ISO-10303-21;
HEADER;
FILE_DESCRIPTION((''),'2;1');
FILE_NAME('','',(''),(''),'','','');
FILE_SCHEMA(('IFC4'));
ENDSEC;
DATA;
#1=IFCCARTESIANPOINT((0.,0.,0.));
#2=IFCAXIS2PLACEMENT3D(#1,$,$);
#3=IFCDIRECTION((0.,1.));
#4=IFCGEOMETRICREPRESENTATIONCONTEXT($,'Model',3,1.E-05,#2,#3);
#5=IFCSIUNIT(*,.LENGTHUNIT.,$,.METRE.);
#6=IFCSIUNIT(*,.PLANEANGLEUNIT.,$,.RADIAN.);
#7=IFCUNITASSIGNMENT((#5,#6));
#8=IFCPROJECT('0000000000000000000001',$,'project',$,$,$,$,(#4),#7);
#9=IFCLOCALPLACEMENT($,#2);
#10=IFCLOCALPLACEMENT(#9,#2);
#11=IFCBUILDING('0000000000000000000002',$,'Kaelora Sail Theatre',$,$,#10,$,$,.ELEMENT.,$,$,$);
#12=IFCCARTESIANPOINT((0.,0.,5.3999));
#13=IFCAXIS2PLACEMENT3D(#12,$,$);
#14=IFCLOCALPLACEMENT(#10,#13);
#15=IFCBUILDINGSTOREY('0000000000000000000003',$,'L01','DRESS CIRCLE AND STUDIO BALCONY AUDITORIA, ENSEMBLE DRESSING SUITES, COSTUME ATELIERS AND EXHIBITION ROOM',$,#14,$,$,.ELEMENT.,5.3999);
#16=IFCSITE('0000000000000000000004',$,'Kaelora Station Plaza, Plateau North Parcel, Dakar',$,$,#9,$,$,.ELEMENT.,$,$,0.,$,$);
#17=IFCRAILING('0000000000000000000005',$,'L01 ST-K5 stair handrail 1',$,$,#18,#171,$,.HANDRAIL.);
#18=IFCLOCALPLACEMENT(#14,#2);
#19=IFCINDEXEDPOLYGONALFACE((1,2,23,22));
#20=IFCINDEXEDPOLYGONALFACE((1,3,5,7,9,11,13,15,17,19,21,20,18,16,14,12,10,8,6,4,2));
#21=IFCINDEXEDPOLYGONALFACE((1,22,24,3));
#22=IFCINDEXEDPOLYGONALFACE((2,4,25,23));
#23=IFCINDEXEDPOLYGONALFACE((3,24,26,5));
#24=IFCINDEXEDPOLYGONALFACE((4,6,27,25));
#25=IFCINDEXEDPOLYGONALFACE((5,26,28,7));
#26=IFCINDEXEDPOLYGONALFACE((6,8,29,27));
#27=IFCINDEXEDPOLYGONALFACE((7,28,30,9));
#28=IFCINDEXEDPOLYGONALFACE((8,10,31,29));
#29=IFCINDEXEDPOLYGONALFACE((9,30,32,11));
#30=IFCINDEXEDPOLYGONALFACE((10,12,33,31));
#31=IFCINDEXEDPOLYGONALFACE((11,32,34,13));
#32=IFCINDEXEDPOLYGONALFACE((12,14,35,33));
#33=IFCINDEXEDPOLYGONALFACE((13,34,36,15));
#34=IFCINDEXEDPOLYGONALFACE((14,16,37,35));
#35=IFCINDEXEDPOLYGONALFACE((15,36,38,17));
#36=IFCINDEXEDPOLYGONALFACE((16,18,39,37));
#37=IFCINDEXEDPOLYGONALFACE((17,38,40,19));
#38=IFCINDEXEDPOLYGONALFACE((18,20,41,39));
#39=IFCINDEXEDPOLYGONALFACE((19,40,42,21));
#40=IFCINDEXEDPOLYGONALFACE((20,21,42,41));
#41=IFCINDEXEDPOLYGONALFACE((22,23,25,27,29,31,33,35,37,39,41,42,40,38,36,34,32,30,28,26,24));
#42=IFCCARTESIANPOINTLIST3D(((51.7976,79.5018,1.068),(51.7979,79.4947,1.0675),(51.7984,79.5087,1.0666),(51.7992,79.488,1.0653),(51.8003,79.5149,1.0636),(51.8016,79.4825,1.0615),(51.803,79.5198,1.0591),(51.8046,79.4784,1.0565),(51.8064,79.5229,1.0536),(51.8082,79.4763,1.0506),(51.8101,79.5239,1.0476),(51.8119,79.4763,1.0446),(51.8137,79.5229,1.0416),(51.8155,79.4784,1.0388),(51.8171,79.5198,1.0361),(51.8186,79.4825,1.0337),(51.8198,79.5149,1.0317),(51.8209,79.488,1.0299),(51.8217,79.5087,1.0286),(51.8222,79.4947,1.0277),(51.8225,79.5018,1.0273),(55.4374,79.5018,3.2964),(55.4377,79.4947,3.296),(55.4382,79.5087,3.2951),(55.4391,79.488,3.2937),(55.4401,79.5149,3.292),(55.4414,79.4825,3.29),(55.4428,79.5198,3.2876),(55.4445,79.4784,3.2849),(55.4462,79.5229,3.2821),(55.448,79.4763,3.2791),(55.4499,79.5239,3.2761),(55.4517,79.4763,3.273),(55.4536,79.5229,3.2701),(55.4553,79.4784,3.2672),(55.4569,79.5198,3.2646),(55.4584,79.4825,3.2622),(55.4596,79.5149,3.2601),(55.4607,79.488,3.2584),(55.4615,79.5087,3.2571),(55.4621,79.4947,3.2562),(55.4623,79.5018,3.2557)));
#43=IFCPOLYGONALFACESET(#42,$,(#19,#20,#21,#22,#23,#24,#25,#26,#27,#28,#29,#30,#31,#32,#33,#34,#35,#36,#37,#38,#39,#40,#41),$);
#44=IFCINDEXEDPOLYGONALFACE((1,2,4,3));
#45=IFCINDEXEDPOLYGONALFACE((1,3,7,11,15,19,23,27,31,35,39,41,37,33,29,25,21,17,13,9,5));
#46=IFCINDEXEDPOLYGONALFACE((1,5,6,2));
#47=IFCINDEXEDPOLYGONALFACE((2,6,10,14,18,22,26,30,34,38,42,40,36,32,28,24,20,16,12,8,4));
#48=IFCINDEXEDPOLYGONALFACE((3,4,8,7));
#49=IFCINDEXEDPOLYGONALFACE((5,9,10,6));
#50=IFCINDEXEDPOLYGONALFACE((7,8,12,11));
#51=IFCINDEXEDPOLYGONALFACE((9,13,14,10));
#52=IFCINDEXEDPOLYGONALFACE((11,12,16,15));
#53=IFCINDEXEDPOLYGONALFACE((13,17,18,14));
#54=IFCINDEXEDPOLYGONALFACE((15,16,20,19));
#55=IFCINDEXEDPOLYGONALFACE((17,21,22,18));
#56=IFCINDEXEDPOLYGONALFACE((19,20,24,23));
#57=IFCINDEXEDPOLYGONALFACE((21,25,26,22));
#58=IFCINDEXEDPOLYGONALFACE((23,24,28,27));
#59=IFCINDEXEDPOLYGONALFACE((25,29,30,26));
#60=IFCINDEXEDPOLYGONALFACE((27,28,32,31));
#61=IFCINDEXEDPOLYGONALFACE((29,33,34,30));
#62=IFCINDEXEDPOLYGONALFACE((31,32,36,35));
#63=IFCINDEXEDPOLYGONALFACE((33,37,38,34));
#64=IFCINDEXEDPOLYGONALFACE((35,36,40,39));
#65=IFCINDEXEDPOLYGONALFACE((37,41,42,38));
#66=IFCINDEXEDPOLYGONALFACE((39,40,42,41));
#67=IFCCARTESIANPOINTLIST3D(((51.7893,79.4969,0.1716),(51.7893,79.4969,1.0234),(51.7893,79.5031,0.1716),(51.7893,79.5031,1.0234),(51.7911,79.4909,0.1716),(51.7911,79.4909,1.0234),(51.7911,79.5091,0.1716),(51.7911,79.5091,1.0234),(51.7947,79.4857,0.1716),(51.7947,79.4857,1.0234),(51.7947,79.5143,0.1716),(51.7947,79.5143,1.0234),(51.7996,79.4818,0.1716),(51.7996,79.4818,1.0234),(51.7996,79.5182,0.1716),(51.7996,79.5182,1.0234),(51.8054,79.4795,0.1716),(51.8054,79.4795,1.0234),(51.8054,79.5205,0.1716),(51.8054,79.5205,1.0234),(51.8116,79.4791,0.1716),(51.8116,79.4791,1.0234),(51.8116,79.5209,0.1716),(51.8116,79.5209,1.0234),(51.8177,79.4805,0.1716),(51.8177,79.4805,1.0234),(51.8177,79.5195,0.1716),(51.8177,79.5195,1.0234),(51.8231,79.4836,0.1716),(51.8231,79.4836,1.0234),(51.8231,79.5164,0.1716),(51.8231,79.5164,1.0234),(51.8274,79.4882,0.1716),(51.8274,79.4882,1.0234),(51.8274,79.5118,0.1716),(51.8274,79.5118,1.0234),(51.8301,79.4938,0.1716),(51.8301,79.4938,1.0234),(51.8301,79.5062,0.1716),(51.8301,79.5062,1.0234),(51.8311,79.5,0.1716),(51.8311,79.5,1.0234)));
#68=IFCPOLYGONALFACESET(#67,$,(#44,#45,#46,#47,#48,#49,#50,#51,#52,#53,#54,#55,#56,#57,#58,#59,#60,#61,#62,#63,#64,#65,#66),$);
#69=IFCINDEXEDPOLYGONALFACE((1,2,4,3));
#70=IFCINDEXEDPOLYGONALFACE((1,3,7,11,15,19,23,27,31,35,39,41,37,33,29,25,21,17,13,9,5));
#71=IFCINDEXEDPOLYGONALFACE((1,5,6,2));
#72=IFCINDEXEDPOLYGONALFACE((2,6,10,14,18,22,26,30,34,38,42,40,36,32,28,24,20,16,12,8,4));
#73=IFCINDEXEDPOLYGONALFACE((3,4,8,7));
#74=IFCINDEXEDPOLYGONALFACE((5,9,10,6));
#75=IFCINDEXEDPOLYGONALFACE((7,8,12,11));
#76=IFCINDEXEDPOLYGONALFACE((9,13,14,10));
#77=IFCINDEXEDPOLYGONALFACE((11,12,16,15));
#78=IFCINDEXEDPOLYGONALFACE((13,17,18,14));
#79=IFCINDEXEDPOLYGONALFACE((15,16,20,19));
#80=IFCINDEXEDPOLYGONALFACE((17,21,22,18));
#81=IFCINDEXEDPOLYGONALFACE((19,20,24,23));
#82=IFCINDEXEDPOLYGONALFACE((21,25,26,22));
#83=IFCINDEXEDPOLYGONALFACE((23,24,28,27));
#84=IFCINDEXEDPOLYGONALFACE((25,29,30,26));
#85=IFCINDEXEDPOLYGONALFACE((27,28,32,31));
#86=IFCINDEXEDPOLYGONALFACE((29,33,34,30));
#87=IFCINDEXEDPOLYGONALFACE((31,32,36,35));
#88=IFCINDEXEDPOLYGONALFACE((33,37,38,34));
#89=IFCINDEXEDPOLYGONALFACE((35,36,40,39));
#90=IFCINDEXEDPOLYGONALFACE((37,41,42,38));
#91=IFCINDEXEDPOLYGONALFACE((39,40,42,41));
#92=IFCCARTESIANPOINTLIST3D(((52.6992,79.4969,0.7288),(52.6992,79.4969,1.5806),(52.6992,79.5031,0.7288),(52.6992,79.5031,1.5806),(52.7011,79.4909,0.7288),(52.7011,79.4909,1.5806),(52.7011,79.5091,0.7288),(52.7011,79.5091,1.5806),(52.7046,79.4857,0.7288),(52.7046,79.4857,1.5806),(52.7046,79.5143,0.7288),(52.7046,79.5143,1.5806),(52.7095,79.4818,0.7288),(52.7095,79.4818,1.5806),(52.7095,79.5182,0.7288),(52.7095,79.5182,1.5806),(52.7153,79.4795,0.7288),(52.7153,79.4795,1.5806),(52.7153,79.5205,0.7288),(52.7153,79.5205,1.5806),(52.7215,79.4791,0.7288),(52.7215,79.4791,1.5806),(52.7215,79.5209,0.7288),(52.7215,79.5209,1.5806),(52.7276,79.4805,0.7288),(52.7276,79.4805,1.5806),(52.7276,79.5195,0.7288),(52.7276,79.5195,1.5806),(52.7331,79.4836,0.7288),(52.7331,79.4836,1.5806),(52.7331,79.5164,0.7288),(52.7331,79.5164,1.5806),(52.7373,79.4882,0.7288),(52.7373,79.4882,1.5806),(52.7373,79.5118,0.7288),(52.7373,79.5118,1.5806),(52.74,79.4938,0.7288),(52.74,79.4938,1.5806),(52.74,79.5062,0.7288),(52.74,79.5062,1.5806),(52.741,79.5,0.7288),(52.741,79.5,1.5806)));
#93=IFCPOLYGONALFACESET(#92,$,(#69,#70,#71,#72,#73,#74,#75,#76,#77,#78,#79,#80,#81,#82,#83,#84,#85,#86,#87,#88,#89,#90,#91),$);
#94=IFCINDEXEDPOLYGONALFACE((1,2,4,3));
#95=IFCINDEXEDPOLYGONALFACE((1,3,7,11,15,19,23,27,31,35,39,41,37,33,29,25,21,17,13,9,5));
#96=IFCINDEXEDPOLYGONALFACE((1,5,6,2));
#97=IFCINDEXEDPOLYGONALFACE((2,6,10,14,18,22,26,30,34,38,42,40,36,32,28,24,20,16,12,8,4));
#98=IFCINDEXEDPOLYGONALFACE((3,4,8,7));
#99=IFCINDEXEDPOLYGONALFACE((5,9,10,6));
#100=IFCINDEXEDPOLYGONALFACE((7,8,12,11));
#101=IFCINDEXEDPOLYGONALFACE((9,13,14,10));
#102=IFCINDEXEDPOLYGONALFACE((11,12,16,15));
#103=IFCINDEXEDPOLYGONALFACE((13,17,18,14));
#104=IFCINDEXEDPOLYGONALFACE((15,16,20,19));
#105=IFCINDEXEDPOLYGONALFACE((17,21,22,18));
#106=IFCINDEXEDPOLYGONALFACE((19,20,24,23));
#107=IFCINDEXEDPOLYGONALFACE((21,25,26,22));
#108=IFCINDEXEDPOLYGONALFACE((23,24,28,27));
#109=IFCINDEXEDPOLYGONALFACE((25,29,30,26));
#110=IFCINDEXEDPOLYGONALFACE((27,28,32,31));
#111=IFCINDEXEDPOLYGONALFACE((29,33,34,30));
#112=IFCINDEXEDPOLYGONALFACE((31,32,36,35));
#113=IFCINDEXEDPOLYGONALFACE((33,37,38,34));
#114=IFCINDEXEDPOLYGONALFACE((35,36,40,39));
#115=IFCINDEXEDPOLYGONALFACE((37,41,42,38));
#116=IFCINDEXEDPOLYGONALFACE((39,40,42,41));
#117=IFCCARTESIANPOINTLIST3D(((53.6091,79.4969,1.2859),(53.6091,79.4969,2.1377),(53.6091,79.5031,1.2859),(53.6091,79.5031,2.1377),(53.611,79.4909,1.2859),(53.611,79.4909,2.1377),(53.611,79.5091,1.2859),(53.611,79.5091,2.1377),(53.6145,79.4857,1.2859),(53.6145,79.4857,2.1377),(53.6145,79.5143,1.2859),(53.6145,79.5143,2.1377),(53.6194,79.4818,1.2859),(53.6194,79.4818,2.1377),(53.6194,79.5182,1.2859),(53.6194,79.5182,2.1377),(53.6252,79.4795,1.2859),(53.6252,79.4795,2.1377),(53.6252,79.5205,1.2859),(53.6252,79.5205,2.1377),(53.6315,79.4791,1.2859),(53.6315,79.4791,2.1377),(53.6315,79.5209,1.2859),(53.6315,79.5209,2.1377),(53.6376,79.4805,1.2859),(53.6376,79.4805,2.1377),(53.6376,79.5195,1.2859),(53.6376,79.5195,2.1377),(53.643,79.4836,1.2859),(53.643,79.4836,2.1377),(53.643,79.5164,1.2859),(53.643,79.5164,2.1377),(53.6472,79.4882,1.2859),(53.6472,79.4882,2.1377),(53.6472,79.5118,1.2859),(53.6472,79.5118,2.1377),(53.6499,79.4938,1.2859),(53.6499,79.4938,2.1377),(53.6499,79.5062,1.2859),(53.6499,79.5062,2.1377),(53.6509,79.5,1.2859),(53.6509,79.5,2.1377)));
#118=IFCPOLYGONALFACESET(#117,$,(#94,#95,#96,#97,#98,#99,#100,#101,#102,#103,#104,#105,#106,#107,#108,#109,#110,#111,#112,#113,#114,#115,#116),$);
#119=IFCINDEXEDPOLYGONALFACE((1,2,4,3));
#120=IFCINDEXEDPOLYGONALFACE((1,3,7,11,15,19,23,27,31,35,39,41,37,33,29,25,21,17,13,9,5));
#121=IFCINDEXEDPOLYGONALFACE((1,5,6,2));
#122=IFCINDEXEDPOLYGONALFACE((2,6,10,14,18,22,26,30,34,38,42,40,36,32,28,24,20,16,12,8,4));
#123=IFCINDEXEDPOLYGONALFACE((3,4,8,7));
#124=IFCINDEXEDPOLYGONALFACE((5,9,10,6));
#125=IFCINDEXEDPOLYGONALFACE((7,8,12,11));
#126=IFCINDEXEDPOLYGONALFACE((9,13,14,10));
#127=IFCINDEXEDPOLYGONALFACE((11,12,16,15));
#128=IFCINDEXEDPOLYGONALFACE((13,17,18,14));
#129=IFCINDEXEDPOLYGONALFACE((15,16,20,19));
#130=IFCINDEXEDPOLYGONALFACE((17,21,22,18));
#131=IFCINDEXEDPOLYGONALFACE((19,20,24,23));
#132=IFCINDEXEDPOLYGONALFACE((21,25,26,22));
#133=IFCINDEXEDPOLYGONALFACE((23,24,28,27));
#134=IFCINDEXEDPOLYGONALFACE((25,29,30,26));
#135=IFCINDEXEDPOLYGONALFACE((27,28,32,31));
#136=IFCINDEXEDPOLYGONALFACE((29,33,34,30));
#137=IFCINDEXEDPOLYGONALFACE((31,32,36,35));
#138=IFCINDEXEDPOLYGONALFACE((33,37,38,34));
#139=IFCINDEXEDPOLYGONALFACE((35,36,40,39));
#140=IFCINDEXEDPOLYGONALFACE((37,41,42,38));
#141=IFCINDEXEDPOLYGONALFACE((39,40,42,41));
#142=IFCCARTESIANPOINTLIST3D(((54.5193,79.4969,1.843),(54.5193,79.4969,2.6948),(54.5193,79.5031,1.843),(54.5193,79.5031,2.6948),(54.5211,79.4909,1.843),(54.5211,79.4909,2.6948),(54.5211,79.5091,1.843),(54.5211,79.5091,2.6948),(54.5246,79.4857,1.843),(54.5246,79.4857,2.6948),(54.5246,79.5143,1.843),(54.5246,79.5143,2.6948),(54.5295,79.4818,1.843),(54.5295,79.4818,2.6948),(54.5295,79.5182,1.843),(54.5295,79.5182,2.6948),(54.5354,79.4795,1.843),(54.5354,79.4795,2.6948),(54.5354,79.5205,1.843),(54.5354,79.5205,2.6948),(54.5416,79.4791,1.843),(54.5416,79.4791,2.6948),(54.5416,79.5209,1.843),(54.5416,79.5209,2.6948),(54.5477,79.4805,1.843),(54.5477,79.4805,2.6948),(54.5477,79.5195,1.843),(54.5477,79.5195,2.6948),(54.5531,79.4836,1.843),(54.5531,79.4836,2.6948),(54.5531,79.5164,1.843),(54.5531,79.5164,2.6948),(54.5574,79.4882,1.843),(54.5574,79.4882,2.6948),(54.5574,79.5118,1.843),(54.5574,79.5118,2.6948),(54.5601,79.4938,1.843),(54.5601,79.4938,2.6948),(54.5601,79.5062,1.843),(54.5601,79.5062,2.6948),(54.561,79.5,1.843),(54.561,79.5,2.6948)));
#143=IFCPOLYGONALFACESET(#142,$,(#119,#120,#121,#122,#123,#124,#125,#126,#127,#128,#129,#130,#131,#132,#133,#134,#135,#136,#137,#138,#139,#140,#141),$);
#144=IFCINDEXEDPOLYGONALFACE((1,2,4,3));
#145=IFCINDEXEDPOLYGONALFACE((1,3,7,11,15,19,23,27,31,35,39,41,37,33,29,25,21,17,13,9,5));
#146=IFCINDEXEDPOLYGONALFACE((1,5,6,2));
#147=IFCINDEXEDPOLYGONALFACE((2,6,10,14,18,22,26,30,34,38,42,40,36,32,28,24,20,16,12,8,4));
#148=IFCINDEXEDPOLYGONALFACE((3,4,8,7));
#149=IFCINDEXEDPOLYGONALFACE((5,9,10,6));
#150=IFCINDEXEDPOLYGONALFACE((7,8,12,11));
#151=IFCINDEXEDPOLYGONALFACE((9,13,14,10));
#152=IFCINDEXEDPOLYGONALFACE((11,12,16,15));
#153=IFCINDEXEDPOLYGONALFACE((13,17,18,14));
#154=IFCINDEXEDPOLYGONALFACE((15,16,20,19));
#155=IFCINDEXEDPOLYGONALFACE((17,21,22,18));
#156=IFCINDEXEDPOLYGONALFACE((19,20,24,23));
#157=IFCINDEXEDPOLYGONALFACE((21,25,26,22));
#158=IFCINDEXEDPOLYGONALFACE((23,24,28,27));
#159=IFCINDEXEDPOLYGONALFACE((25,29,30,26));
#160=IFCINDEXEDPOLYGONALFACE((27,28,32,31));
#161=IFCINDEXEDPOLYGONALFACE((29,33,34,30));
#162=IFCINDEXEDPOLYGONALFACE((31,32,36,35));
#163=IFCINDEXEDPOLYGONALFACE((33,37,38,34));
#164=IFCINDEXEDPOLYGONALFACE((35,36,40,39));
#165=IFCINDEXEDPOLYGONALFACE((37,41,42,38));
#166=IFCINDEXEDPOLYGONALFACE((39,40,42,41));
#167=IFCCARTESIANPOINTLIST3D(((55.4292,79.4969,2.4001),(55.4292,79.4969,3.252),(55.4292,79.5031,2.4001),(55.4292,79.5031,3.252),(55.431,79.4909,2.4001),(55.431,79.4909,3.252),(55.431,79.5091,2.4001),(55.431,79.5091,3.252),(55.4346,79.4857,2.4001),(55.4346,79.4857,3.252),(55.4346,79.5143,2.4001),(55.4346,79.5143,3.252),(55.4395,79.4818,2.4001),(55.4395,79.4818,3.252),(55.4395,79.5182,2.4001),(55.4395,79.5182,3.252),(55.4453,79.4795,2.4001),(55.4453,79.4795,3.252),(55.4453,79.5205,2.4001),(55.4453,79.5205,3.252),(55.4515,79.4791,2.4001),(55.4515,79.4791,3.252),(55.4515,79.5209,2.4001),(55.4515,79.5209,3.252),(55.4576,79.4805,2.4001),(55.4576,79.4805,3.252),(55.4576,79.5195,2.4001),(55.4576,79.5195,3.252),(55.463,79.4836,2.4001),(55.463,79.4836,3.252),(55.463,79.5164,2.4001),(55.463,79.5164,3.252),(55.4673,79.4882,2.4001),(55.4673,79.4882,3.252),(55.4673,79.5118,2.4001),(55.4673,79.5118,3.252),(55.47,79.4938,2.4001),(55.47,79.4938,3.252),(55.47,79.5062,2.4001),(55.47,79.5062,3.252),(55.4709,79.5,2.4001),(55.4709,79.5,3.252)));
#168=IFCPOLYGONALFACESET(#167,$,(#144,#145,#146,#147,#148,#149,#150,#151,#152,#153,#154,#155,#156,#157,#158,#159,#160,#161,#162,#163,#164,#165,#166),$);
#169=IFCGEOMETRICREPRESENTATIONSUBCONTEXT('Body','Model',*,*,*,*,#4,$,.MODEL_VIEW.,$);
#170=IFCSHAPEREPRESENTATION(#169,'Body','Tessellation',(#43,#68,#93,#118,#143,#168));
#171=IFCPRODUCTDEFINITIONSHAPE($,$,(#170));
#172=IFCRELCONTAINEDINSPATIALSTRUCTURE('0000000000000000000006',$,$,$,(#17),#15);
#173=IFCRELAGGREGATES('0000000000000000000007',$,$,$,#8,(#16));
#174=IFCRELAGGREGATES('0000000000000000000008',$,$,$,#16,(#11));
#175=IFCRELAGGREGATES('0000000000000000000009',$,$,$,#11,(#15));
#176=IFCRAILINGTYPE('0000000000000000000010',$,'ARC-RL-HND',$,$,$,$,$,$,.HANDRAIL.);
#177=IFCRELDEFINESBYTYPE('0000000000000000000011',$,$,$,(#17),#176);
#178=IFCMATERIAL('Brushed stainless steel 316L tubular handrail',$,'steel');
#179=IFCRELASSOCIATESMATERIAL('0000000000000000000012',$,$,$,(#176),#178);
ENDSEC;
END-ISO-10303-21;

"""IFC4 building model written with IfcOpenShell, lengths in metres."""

from ifc_helpers import new_model, si_unit, direction, frame, origin, origin_2d, place, context, subcontext, project, spatial, circle, extrude, material, type_object, element, save


model = new_model("IFC4")

# Units and contexts
model_context = context("Model", 3, precision=1e-05, world=origin(), true_north=direction((0.0, 1.0)))
body_context = subcontext(model_context, "Body", "Model", "MODEL_VIEW")
ifc_project = project(units=[si_unit("LENGTHUNIT", "METRE"), si_unit("PLANEANGLEUNIT", "RADIAN")], contexts=[model_context])

# Site, building, storey
site_placement = place(None, origin())
site = spatial("IfcSite", under=ifc_project, at=site_placement, Name="Kaelora Station Plaza, Plateau North Parcel, Dakar", CompositionType="ELEMENT", RefElevation=0.0)
building_placement = place(site_placement, origin())
building = spatial("IfcBuilding", under=site, at=building_placement, Name="Kaelora Sail Theatre", CompositionType="ELEMENT")
storey_placement = place(building_placement, frame((0.0, 0.0, 5.3999)))
storey = spatial("IfcBuildingStorey", under=building, at=storey_placement, Name="L01", Description="DRESS CIRCLE AND STUDIO BALCONY AUDITORIA, ENSEMBLE DRESSING SUITES, COSTUME ATELIERS AND EXHIBITION ROOM", CompositionType="ELEMENT", Elevation=5.3999)

# Railing
ifc_material_1 = material(Name="Brushed stainless steel 316L tubular handrail", Category="steel")
railing_type_1 = type_object("IfcRailingType", Name="ARC-RL-HND", PredefinedType="HANDRAIL", material=ifc_material_1)
railing_1_placement = place(storey_placement, frame((51.8101, 79.5, 0.1716)))
element("IfcRailing", 1, at=railing_1_placement, inside=storey, type_object=railing_type_1, Name="L01 ST-K5 stair handrail 1", PredefinedType="HANDRAIL", context=body_context, shape_type="SweptSolid", body=[
    extrude(circle(Radius=0.0239, at=origin_2d()), frame((0.0, 0.0, 0.876), z_axis=(0.85285, 0.0, 0.522156), x_axis=(0.0, 1.0, 0.0)), (0.0, 0.0, 1.0), 4.2678),
    extrude(circle(Radius=0.021, at=origin_2d()), origin(), (0.0, 0.0, 1.0), 0.8518),
    extrude(circle(Radius=0.021, at=origin_2d()), frame((0.9099, 0.0, 0.5571)), (0.0, 0.0, 1.0), 0.8518),
    extrude(circle(Radius=0.021, at=origin_2d()), frame((1.8198, 0.0, 1.1143)), (0.0, 0.0, 1.0), 0.8518),
    extrude(circle(Radius=0.021, at=origin_2d()), frame((2.73, 0.0, 1.6714)), (0.0, 0.0, 1.0), 0.8518),
    extrude(circle(Radius=0.021, at=origin_2d()), frame((3.6399, 0.0, 2.2285)), (0.0, 0.0, 1.0), 0.8518),
])

save(model, "model.ifc")
